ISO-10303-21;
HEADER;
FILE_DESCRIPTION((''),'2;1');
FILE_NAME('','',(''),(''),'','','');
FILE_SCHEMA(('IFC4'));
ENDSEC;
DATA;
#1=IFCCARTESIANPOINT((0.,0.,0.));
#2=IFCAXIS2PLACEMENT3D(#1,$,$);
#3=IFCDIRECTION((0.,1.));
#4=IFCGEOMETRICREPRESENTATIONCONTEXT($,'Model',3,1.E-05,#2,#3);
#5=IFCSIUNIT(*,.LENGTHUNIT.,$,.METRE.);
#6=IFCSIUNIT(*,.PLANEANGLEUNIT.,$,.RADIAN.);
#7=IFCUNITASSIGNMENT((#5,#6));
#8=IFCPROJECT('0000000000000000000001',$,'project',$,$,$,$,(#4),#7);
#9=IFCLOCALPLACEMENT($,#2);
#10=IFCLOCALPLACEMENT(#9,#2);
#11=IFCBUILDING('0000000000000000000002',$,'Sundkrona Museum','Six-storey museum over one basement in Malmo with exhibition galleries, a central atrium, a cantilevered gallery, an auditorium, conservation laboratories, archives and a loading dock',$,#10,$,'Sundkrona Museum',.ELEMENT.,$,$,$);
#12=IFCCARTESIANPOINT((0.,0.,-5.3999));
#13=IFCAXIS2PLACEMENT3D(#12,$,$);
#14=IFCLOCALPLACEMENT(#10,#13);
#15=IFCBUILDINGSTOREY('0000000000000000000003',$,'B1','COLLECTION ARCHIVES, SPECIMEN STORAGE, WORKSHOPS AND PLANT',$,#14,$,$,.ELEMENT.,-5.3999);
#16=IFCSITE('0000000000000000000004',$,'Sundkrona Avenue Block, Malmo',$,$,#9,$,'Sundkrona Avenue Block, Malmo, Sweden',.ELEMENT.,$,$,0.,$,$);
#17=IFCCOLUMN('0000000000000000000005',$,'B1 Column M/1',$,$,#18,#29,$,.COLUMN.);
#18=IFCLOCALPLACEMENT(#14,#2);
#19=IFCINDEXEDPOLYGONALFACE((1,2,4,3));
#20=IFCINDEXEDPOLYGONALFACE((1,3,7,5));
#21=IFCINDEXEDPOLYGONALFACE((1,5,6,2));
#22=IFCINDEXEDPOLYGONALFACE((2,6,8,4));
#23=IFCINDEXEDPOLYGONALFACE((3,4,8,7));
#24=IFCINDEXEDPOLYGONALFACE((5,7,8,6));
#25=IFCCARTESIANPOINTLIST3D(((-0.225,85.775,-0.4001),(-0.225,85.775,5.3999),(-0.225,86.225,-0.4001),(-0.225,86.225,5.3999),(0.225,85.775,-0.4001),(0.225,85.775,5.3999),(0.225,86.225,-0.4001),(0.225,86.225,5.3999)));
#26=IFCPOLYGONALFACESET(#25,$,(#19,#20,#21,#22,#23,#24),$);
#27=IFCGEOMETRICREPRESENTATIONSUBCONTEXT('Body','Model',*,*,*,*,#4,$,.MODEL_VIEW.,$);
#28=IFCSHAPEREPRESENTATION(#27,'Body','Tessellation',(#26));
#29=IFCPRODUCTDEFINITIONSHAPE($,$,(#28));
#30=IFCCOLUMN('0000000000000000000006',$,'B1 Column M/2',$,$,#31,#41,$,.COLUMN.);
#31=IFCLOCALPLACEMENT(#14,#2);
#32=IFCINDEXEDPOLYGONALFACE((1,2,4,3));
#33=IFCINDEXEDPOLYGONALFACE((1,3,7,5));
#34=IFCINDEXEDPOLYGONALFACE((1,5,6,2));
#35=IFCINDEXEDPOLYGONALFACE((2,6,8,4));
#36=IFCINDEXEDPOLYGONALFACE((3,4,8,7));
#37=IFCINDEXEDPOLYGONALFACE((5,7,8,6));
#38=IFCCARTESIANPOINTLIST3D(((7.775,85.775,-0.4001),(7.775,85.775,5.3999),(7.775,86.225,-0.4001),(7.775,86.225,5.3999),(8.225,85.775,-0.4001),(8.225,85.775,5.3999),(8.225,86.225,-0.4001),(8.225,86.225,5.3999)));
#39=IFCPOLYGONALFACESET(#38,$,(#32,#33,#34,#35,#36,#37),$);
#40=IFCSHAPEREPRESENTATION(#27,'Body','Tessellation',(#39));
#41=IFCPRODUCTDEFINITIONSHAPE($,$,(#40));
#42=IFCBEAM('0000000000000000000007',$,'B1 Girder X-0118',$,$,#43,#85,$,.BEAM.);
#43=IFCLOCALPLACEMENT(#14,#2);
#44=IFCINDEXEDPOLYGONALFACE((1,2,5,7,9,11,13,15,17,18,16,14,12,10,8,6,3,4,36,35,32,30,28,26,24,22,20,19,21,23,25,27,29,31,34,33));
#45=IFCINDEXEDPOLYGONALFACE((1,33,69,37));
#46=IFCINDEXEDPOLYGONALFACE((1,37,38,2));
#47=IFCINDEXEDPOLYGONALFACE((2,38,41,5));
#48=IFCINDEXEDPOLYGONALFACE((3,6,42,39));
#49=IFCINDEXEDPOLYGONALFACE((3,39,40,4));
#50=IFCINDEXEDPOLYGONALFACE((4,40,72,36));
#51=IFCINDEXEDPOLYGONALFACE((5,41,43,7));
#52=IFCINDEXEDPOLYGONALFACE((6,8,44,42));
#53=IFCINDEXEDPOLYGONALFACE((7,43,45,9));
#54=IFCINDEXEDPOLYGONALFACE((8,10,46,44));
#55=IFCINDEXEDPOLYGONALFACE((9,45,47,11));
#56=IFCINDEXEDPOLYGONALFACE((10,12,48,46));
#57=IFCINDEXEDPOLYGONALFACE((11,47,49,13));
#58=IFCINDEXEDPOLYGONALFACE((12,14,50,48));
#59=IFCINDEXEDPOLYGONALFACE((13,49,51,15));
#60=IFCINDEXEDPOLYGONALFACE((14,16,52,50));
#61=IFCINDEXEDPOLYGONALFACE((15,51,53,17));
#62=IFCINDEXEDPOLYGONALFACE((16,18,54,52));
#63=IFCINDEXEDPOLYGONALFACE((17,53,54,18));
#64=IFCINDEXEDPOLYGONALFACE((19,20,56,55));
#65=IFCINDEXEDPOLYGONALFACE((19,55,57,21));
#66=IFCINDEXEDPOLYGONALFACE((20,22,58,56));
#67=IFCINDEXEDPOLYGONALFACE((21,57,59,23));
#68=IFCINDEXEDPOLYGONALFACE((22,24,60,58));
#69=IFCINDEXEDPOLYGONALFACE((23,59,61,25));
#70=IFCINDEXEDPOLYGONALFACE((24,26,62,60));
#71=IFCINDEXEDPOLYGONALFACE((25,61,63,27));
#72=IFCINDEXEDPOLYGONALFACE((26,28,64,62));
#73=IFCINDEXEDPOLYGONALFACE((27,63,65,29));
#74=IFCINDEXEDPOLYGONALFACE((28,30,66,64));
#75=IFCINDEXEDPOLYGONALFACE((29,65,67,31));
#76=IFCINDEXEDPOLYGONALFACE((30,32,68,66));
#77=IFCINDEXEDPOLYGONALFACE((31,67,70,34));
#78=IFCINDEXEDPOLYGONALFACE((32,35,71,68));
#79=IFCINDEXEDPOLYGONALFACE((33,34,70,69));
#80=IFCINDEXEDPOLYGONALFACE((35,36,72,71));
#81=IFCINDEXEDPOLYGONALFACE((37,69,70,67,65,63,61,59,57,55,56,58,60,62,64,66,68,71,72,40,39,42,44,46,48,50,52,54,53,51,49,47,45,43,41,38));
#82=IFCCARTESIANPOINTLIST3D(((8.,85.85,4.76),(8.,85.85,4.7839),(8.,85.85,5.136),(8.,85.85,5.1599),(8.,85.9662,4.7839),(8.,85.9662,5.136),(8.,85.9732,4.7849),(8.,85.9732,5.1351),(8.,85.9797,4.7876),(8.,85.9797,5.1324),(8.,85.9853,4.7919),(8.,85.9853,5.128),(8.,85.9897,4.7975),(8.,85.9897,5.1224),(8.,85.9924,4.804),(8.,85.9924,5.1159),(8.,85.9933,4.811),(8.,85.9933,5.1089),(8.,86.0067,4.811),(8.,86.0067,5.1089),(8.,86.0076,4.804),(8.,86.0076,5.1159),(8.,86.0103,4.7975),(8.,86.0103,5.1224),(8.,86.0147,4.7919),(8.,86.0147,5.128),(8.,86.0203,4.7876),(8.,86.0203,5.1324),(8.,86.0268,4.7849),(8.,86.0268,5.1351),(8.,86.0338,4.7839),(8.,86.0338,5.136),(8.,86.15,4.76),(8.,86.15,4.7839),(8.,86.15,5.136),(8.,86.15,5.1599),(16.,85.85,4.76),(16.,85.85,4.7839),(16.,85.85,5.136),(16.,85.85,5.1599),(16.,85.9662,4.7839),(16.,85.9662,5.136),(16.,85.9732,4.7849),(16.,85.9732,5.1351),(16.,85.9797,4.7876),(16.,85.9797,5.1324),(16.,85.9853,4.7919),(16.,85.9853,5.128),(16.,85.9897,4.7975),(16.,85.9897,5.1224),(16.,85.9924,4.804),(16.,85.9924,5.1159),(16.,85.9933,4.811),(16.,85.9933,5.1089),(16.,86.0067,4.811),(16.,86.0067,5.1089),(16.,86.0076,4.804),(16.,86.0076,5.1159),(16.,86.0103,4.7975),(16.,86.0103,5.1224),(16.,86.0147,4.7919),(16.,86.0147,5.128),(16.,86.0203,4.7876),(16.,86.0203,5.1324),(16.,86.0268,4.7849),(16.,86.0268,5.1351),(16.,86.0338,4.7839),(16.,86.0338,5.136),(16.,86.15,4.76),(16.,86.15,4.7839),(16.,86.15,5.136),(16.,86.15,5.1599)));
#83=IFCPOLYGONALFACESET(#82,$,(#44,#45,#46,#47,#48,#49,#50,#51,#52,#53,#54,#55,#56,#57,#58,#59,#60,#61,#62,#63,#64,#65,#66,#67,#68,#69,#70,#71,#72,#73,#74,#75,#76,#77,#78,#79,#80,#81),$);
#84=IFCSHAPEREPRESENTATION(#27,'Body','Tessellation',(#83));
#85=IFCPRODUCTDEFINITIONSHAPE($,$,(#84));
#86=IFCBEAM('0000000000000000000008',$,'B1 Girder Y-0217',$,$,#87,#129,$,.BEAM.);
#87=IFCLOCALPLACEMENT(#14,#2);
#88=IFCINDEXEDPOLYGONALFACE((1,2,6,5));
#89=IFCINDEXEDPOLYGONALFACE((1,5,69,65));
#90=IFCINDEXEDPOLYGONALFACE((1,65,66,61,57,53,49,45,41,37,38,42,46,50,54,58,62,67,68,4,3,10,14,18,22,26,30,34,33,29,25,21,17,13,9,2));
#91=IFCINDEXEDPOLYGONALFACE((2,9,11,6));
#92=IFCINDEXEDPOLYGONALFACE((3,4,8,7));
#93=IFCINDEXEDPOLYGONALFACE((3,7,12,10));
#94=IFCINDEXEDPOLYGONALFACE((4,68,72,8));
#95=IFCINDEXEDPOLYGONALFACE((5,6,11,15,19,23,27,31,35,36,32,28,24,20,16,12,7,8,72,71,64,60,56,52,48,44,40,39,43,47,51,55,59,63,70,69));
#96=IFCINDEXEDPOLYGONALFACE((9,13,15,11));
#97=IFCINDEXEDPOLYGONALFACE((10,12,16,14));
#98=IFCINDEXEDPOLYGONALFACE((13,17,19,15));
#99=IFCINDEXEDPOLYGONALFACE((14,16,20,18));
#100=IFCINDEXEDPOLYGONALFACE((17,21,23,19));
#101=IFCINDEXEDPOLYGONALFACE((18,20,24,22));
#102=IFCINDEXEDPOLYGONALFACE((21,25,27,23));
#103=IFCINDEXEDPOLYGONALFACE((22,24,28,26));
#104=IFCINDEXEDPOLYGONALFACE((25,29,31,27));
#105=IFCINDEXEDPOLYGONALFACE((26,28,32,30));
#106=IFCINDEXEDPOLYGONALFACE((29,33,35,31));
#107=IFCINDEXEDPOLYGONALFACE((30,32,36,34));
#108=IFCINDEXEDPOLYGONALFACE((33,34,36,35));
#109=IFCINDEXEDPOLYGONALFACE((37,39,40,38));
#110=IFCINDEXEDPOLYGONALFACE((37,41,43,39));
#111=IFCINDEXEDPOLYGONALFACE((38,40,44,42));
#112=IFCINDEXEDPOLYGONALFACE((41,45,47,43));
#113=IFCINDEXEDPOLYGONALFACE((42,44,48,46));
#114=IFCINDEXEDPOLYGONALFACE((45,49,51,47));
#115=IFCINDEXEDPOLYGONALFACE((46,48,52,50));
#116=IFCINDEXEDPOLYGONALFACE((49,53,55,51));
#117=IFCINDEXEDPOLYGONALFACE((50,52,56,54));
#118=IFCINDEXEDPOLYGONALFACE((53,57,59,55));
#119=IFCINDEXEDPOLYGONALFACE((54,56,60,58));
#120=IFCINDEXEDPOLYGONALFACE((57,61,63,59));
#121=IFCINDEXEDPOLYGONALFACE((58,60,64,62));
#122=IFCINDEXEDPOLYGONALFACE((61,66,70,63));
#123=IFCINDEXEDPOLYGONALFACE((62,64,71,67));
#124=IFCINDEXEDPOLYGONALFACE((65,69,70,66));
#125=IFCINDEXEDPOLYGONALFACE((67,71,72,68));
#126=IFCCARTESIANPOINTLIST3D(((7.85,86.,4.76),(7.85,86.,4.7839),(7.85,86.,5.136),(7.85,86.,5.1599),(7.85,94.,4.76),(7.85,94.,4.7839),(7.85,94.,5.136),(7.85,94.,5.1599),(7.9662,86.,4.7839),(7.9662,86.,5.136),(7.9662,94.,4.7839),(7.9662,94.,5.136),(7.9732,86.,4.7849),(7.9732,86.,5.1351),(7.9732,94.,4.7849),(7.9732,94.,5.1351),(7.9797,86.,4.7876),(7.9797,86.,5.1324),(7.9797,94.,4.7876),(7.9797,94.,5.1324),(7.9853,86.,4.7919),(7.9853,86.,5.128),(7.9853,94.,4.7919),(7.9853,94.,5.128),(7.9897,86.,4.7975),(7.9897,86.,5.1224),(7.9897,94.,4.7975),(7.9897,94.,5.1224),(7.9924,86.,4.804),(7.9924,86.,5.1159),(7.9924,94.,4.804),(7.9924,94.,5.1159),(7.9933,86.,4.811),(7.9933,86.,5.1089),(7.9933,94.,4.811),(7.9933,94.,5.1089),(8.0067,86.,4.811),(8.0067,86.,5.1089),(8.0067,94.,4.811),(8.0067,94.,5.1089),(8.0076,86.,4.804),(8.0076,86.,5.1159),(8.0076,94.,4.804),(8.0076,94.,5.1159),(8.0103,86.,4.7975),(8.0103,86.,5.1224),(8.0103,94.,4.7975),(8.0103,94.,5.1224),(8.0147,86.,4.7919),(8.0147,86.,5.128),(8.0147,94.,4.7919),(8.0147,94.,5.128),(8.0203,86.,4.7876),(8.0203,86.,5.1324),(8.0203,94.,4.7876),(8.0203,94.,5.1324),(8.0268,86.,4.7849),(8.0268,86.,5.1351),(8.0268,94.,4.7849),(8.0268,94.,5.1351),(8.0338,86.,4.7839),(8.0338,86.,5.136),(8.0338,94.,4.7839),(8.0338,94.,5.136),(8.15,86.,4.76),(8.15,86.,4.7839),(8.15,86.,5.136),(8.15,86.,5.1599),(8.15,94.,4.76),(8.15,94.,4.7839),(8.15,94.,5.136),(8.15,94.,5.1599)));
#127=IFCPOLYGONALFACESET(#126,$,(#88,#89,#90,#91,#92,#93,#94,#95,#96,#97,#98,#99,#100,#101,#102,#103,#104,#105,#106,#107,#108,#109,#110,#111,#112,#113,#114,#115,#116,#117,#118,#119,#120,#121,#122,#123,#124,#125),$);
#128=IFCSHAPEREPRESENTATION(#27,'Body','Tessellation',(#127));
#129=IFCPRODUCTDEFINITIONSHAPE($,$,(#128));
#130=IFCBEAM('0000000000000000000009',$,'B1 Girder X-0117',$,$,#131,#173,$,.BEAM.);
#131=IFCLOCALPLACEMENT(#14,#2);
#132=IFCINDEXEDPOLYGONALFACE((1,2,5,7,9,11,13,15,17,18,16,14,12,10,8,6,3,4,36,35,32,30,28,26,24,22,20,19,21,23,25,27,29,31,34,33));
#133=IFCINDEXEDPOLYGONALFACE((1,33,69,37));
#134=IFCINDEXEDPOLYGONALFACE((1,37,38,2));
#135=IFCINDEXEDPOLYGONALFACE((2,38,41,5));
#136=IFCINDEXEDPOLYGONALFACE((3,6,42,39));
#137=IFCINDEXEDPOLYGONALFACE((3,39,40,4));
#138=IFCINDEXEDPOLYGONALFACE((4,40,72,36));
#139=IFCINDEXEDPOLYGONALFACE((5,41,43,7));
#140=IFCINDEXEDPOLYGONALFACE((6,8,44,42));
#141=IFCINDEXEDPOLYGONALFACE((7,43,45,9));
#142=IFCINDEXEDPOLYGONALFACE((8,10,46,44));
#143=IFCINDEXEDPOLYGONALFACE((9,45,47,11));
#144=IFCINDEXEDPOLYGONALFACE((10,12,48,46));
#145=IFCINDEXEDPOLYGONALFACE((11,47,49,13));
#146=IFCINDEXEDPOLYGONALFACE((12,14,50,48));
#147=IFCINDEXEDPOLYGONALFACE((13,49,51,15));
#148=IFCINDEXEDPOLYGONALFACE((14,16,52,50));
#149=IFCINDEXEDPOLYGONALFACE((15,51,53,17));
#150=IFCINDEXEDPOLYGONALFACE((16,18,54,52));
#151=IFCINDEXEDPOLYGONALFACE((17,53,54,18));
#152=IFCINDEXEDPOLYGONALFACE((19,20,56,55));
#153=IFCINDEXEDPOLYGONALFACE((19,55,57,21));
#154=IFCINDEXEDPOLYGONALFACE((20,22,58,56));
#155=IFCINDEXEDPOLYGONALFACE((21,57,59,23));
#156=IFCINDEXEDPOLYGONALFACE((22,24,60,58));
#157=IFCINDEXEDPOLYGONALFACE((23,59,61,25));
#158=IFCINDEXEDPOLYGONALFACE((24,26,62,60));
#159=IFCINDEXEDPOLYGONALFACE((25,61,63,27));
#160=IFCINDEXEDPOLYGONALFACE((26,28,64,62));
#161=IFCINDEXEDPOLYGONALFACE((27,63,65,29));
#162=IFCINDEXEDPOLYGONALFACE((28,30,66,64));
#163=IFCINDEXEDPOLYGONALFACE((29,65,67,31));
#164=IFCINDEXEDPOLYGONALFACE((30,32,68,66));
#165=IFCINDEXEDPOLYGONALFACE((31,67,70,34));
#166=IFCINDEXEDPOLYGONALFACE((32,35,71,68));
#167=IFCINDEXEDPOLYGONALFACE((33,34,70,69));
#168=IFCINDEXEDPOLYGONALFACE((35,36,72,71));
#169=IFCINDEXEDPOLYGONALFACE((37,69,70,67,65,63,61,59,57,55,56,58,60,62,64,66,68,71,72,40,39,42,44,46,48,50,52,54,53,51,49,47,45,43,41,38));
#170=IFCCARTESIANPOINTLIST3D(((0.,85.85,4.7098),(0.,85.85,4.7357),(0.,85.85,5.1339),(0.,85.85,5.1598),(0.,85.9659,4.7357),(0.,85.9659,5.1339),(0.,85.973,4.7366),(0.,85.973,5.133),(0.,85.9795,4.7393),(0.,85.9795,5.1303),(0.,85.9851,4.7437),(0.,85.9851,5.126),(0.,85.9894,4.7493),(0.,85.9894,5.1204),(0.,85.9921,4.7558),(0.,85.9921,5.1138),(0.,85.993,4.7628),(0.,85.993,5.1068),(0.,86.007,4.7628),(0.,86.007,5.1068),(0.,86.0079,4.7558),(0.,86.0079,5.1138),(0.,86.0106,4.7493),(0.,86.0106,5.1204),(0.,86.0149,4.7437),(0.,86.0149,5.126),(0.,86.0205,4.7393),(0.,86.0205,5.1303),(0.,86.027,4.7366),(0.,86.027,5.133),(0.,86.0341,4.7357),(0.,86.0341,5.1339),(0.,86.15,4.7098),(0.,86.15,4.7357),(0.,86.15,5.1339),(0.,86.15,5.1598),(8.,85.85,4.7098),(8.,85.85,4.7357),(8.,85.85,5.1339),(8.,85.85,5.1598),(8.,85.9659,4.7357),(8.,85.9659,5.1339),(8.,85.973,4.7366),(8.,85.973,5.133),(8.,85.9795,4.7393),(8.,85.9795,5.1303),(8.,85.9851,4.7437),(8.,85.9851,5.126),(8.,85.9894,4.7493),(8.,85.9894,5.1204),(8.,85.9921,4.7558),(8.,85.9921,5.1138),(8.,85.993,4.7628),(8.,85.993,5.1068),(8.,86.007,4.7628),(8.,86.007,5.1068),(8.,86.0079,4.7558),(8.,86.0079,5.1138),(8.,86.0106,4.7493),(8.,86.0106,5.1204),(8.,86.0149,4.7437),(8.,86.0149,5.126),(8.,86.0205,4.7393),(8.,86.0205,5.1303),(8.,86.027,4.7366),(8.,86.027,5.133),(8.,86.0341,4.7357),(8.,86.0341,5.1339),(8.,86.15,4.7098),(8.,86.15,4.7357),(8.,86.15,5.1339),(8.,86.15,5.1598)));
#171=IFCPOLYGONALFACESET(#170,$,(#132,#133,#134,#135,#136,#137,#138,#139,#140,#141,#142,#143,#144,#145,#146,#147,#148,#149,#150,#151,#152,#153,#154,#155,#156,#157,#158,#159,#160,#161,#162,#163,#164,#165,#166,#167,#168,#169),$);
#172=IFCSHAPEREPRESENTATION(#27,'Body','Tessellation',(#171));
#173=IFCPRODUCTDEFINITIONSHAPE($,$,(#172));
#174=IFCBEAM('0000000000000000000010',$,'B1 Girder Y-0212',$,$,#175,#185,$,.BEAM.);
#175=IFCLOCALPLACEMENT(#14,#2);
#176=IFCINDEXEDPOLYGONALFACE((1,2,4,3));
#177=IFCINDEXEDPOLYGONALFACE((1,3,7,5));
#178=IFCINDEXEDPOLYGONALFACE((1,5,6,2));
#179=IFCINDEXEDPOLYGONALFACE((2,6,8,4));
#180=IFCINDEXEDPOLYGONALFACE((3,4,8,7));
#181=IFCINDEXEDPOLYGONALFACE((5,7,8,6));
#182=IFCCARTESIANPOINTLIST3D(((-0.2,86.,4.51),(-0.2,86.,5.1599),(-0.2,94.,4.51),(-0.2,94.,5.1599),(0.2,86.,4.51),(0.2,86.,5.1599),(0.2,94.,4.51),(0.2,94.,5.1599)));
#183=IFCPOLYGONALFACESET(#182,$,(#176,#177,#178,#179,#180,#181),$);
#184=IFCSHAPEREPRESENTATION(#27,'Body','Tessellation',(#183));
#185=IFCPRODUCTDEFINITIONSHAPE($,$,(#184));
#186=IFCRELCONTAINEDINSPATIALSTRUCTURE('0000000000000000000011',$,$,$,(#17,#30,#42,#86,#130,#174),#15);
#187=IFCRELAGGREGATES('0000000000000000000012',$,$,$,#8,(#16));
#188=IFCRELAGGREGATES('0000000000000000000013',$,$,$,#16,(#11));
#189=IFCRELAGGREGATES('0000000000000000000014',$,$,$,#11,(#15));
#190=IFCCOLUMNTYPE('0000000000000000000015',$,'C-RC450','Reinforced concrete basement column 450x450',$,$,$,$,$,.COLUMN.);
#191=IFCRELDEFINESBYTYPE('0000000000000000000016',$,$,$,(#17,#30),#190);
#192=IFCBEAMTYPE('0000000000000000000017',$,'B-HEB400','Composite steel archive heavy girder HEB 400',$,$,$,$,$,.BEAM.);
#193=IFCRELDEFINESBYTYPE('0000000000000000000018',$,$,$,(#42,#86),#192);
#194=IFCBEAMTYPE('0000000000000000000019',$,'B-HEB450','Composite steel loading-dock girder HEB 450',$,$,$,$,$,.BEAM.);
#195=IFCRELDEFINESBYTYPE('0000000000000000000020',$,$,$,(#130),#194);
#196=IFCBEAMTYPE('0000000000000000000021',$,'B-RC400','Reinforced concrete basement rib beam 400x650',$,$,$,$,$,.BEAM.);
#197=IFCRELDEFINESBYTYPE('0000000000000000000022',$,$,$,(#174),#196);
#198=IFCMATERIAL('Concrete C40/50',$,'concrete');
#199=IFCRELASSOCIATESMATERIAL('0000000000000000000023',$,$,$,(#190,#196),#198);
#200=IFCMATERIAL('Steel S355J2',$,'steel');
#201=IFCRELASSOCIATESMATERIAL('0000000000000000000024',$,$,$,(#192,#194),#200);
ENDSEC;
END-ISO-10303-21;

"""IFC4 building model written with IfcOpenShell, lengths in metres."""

from ifc_helpers import new_model, si_unit, direction, frame, origin, origin_2d, place, context, subcontext, project, spatial, rectangle, i_section, extrude, material, material_profile, profile_set, type_object, element, save


model = new_model("IFC4")

# Units and contexts
model_context = context("Model", 3, precision=1e-05, world=origin(), true_north=direction((0.0, 1.0)))
body_context = subcontext(model_context, "Body", "Model", "MODEL_VIEW")
ifc_project = project(units=[si_unit("LENGTHUNIT", "METRE"), si_unit("PLANEANGLEUNIT", "RADIAN")], contexts=[model_context])

# Site, building, storey
site_placement = place(None, origin())
site = spatial("IfcSite", under=ifc_project, at=site_placement, Name="Sundkrona Avenue Block, Malmo", LongName="Sundkrona Avenue Block, Malmo, Sweden", CompositionType="ELEMENT", RefElevation=0.0)
building_placement = place(site_placement, origin())
building = spatial("IfcBuilding", under=site, at=building_placement, Name="Sundkrona Museum", Description="Six-storey museum over one basement in Malmo with exhibition galleries, a central atrium, a cantilevered gallery, an auditorium, conservation laboratories, archives and a loading dock", LongName="Sundkrona Museum", CompositionType="ELEMENT")
storey_placement = place(building_placement, frame((0.0, 0.0, -5.3999)))
storey = spatial("IfcBuildingStorey", under=building, at=storey_placement, Name="B1", Description="COLLECTION ARCHIVES, SPECIMEN STORAGE, WORKSHOPS AND PLANT", CompositionType="ELEMENT", Elevation=-5.3999)

# Shared definitions
ifc_material_1 = material(Name="Concrete C40/50", Category="concrete")

# Columns
ifc_material_profile_1 = material_profile(ifc_material_1, rectangle(XDim=0.45, YDim=0.45, at=origin_2d()), Name="RC 450x450")
ifc_profile_set_1 = profile_set([ifc_material_profile_1], Name="Concrete C40/50")
column_type = type_object("IfcColumnType", Name="C-RC450", Description="Reinforced concrete basement column 450x450", PredefinedType="COLUMN", material=ifc_profile_set_1)
for number, where, z_axis, x_axis, name in (
    (1, (0.0, 86.0, -0.4001), (0.0, 0.0, 1.0), (1.0, 0.0, 0.0), "B1 Column M/1"),
    (2, (8.0, 86.0, -0.4001), (0.0, 0.0, 1.0), (1.0, 0.0, 0.0), "B1 Column M/2"),
):
    element("IfcColumn", number, at=place(storey_placement, frame(where, z_axis=z_axis, x_axis=x_axis)), inside=storey, type_object=column_type, Name=name, PredefinedType="COLUMN", context=body_context, shape_type="SweptSolid", body=[
        extrude(rectangle(XDim=0.45, YDim=0.45, at=origin_2d()), origin(), (0.0, 0.0, 1.0), 5.8),
    ])

# Beams
ifc_material_2 = material(Name="Steel S355J2", Category="steel")
ifc_material_profile_2 = material_profile(ifc_material_2, i_section(OverallWidth=0.3, OverallDepth=0.3999, WebThickness=0.0134, FlangeThickness=0.0239, FilletRadius=0.0271, at=origin_2d()), Name="HEB 400")
ifc_profile_set_2 = profile_set([ifc_material_profile_2], Name="Steel S355J2")
beam_type_1 = type_object("IfcBeamType", Name="B-HEB400", Description="Composite steel archive heavy girder HEB 400", PredefinedType="BEAM", material=ifc_profile_set_2)
for number, where, z_axis, x_axis, name in (
    (3, (8.0, 86.0, 4.96), (1.0, 0.0, 0.0), (0.0, 1.0, 0.0), "B1 Girder X-0118"),
    (4, (8.0, 86.0, 4.96), (0.0, 1.0, 0.0), (-1.0, 0.0, 0.0), "B1 Girder Y-0217"),
):
    element("IfcBeam", number, at=place(storey_placement, frame(where, z_axis=z_axis, x_axis=x_axis)), inside=storey, type_object=beam_type_1, Name=name, PredefinedType="BEAM", context=body_context, shape_type="SweptSolid", body=[
        extrude(i_section(OverallWidth=0.3, OverallDepth=0.3999, WebThickness=0.0134, FlangeThickness=0.0239, FilletRadius=0.0271, at=origin_2d()), origin(), (0.0, 0.0, 1.0), 8.0),
    ])
ifc_material_profile_3 = material_profile(ifc_material_2, i_section(OverallWidth=0.3, OverallDepth=0.45, WebThickness=0.0139, FlangeThickness=0.0259, FilletRadius=0.0271, at=origin_2d()), Name="HEB 450")
ifc_profile_set_3 = profile_set([ifc_material_profile_3], Name="Steel S355J2")
beam_type_2 = type_object("IfcBeamType", Name="B-HEB450", Description="Composite steel loading-dock girder HEB 450", PredefinedType="BEAM", material=ifc_profile_set_3)
beam_1_placement = place(storey_placement, frame((0.0, 86.0, 4.9348), z_axis=(1.0, 0.0, 0.0), x_axis=(0.0, 1.0, 0.0)))
element("IfcBeam", 5, at=beam_1_placement, inside=storey, type_object=beam_type_2, Name="B1 Girder X-0117", PredefinedType="BEAM", context=body_context, shape_type="SweptSolid", body=[
    extrude(i_section(OverallWidth=0.3, OverallDepth=0.45, WebThickness=0.0139, FlangeThickness=0.0259, FilletRadius=0.0271, at=origin_2d()), origin(), (0.0, 0.0, 1.0), 8.0),
])
ifc_material_profile_4 = material_profile(ifc_material_1, rectangle(XDim=0.3999, YDim=0.6499, at=origin_2d()), Name="RCB 400x650")
ifc_profile_set_4 = profile_set([ifc_material_profile_4], Name="Concrete C40/50")
beam_type_3 = type_object("IfcBeamType", Name="B-RC400", Description="Reinforced concrete basement rib beam 400x650", PredefinedType="BEAM", material=ifc_profile_set_4)
beam_2_placement = place(storey_placement, frame((0.0, 86.0, 4.835), z_axis=(0.0, 1.0, 0.0), x_axis=(-1.0, 0.0, 0.0)))
element("IfcBeam", 6, at=beam_2_placement, inside=storey, type_object=beam_type_3, Name="B1 Girder Y-0212", PredefinedType="BEAM", context=body_context, shape_type="SweptSolid", body=[
    extrude(rectangle(XDim=0.3999, YDim=0.6499, at=origin_2d()), origin(), (0.0, 0.0, 1.0), 8.0),
])

save(model, "model.ifc")
